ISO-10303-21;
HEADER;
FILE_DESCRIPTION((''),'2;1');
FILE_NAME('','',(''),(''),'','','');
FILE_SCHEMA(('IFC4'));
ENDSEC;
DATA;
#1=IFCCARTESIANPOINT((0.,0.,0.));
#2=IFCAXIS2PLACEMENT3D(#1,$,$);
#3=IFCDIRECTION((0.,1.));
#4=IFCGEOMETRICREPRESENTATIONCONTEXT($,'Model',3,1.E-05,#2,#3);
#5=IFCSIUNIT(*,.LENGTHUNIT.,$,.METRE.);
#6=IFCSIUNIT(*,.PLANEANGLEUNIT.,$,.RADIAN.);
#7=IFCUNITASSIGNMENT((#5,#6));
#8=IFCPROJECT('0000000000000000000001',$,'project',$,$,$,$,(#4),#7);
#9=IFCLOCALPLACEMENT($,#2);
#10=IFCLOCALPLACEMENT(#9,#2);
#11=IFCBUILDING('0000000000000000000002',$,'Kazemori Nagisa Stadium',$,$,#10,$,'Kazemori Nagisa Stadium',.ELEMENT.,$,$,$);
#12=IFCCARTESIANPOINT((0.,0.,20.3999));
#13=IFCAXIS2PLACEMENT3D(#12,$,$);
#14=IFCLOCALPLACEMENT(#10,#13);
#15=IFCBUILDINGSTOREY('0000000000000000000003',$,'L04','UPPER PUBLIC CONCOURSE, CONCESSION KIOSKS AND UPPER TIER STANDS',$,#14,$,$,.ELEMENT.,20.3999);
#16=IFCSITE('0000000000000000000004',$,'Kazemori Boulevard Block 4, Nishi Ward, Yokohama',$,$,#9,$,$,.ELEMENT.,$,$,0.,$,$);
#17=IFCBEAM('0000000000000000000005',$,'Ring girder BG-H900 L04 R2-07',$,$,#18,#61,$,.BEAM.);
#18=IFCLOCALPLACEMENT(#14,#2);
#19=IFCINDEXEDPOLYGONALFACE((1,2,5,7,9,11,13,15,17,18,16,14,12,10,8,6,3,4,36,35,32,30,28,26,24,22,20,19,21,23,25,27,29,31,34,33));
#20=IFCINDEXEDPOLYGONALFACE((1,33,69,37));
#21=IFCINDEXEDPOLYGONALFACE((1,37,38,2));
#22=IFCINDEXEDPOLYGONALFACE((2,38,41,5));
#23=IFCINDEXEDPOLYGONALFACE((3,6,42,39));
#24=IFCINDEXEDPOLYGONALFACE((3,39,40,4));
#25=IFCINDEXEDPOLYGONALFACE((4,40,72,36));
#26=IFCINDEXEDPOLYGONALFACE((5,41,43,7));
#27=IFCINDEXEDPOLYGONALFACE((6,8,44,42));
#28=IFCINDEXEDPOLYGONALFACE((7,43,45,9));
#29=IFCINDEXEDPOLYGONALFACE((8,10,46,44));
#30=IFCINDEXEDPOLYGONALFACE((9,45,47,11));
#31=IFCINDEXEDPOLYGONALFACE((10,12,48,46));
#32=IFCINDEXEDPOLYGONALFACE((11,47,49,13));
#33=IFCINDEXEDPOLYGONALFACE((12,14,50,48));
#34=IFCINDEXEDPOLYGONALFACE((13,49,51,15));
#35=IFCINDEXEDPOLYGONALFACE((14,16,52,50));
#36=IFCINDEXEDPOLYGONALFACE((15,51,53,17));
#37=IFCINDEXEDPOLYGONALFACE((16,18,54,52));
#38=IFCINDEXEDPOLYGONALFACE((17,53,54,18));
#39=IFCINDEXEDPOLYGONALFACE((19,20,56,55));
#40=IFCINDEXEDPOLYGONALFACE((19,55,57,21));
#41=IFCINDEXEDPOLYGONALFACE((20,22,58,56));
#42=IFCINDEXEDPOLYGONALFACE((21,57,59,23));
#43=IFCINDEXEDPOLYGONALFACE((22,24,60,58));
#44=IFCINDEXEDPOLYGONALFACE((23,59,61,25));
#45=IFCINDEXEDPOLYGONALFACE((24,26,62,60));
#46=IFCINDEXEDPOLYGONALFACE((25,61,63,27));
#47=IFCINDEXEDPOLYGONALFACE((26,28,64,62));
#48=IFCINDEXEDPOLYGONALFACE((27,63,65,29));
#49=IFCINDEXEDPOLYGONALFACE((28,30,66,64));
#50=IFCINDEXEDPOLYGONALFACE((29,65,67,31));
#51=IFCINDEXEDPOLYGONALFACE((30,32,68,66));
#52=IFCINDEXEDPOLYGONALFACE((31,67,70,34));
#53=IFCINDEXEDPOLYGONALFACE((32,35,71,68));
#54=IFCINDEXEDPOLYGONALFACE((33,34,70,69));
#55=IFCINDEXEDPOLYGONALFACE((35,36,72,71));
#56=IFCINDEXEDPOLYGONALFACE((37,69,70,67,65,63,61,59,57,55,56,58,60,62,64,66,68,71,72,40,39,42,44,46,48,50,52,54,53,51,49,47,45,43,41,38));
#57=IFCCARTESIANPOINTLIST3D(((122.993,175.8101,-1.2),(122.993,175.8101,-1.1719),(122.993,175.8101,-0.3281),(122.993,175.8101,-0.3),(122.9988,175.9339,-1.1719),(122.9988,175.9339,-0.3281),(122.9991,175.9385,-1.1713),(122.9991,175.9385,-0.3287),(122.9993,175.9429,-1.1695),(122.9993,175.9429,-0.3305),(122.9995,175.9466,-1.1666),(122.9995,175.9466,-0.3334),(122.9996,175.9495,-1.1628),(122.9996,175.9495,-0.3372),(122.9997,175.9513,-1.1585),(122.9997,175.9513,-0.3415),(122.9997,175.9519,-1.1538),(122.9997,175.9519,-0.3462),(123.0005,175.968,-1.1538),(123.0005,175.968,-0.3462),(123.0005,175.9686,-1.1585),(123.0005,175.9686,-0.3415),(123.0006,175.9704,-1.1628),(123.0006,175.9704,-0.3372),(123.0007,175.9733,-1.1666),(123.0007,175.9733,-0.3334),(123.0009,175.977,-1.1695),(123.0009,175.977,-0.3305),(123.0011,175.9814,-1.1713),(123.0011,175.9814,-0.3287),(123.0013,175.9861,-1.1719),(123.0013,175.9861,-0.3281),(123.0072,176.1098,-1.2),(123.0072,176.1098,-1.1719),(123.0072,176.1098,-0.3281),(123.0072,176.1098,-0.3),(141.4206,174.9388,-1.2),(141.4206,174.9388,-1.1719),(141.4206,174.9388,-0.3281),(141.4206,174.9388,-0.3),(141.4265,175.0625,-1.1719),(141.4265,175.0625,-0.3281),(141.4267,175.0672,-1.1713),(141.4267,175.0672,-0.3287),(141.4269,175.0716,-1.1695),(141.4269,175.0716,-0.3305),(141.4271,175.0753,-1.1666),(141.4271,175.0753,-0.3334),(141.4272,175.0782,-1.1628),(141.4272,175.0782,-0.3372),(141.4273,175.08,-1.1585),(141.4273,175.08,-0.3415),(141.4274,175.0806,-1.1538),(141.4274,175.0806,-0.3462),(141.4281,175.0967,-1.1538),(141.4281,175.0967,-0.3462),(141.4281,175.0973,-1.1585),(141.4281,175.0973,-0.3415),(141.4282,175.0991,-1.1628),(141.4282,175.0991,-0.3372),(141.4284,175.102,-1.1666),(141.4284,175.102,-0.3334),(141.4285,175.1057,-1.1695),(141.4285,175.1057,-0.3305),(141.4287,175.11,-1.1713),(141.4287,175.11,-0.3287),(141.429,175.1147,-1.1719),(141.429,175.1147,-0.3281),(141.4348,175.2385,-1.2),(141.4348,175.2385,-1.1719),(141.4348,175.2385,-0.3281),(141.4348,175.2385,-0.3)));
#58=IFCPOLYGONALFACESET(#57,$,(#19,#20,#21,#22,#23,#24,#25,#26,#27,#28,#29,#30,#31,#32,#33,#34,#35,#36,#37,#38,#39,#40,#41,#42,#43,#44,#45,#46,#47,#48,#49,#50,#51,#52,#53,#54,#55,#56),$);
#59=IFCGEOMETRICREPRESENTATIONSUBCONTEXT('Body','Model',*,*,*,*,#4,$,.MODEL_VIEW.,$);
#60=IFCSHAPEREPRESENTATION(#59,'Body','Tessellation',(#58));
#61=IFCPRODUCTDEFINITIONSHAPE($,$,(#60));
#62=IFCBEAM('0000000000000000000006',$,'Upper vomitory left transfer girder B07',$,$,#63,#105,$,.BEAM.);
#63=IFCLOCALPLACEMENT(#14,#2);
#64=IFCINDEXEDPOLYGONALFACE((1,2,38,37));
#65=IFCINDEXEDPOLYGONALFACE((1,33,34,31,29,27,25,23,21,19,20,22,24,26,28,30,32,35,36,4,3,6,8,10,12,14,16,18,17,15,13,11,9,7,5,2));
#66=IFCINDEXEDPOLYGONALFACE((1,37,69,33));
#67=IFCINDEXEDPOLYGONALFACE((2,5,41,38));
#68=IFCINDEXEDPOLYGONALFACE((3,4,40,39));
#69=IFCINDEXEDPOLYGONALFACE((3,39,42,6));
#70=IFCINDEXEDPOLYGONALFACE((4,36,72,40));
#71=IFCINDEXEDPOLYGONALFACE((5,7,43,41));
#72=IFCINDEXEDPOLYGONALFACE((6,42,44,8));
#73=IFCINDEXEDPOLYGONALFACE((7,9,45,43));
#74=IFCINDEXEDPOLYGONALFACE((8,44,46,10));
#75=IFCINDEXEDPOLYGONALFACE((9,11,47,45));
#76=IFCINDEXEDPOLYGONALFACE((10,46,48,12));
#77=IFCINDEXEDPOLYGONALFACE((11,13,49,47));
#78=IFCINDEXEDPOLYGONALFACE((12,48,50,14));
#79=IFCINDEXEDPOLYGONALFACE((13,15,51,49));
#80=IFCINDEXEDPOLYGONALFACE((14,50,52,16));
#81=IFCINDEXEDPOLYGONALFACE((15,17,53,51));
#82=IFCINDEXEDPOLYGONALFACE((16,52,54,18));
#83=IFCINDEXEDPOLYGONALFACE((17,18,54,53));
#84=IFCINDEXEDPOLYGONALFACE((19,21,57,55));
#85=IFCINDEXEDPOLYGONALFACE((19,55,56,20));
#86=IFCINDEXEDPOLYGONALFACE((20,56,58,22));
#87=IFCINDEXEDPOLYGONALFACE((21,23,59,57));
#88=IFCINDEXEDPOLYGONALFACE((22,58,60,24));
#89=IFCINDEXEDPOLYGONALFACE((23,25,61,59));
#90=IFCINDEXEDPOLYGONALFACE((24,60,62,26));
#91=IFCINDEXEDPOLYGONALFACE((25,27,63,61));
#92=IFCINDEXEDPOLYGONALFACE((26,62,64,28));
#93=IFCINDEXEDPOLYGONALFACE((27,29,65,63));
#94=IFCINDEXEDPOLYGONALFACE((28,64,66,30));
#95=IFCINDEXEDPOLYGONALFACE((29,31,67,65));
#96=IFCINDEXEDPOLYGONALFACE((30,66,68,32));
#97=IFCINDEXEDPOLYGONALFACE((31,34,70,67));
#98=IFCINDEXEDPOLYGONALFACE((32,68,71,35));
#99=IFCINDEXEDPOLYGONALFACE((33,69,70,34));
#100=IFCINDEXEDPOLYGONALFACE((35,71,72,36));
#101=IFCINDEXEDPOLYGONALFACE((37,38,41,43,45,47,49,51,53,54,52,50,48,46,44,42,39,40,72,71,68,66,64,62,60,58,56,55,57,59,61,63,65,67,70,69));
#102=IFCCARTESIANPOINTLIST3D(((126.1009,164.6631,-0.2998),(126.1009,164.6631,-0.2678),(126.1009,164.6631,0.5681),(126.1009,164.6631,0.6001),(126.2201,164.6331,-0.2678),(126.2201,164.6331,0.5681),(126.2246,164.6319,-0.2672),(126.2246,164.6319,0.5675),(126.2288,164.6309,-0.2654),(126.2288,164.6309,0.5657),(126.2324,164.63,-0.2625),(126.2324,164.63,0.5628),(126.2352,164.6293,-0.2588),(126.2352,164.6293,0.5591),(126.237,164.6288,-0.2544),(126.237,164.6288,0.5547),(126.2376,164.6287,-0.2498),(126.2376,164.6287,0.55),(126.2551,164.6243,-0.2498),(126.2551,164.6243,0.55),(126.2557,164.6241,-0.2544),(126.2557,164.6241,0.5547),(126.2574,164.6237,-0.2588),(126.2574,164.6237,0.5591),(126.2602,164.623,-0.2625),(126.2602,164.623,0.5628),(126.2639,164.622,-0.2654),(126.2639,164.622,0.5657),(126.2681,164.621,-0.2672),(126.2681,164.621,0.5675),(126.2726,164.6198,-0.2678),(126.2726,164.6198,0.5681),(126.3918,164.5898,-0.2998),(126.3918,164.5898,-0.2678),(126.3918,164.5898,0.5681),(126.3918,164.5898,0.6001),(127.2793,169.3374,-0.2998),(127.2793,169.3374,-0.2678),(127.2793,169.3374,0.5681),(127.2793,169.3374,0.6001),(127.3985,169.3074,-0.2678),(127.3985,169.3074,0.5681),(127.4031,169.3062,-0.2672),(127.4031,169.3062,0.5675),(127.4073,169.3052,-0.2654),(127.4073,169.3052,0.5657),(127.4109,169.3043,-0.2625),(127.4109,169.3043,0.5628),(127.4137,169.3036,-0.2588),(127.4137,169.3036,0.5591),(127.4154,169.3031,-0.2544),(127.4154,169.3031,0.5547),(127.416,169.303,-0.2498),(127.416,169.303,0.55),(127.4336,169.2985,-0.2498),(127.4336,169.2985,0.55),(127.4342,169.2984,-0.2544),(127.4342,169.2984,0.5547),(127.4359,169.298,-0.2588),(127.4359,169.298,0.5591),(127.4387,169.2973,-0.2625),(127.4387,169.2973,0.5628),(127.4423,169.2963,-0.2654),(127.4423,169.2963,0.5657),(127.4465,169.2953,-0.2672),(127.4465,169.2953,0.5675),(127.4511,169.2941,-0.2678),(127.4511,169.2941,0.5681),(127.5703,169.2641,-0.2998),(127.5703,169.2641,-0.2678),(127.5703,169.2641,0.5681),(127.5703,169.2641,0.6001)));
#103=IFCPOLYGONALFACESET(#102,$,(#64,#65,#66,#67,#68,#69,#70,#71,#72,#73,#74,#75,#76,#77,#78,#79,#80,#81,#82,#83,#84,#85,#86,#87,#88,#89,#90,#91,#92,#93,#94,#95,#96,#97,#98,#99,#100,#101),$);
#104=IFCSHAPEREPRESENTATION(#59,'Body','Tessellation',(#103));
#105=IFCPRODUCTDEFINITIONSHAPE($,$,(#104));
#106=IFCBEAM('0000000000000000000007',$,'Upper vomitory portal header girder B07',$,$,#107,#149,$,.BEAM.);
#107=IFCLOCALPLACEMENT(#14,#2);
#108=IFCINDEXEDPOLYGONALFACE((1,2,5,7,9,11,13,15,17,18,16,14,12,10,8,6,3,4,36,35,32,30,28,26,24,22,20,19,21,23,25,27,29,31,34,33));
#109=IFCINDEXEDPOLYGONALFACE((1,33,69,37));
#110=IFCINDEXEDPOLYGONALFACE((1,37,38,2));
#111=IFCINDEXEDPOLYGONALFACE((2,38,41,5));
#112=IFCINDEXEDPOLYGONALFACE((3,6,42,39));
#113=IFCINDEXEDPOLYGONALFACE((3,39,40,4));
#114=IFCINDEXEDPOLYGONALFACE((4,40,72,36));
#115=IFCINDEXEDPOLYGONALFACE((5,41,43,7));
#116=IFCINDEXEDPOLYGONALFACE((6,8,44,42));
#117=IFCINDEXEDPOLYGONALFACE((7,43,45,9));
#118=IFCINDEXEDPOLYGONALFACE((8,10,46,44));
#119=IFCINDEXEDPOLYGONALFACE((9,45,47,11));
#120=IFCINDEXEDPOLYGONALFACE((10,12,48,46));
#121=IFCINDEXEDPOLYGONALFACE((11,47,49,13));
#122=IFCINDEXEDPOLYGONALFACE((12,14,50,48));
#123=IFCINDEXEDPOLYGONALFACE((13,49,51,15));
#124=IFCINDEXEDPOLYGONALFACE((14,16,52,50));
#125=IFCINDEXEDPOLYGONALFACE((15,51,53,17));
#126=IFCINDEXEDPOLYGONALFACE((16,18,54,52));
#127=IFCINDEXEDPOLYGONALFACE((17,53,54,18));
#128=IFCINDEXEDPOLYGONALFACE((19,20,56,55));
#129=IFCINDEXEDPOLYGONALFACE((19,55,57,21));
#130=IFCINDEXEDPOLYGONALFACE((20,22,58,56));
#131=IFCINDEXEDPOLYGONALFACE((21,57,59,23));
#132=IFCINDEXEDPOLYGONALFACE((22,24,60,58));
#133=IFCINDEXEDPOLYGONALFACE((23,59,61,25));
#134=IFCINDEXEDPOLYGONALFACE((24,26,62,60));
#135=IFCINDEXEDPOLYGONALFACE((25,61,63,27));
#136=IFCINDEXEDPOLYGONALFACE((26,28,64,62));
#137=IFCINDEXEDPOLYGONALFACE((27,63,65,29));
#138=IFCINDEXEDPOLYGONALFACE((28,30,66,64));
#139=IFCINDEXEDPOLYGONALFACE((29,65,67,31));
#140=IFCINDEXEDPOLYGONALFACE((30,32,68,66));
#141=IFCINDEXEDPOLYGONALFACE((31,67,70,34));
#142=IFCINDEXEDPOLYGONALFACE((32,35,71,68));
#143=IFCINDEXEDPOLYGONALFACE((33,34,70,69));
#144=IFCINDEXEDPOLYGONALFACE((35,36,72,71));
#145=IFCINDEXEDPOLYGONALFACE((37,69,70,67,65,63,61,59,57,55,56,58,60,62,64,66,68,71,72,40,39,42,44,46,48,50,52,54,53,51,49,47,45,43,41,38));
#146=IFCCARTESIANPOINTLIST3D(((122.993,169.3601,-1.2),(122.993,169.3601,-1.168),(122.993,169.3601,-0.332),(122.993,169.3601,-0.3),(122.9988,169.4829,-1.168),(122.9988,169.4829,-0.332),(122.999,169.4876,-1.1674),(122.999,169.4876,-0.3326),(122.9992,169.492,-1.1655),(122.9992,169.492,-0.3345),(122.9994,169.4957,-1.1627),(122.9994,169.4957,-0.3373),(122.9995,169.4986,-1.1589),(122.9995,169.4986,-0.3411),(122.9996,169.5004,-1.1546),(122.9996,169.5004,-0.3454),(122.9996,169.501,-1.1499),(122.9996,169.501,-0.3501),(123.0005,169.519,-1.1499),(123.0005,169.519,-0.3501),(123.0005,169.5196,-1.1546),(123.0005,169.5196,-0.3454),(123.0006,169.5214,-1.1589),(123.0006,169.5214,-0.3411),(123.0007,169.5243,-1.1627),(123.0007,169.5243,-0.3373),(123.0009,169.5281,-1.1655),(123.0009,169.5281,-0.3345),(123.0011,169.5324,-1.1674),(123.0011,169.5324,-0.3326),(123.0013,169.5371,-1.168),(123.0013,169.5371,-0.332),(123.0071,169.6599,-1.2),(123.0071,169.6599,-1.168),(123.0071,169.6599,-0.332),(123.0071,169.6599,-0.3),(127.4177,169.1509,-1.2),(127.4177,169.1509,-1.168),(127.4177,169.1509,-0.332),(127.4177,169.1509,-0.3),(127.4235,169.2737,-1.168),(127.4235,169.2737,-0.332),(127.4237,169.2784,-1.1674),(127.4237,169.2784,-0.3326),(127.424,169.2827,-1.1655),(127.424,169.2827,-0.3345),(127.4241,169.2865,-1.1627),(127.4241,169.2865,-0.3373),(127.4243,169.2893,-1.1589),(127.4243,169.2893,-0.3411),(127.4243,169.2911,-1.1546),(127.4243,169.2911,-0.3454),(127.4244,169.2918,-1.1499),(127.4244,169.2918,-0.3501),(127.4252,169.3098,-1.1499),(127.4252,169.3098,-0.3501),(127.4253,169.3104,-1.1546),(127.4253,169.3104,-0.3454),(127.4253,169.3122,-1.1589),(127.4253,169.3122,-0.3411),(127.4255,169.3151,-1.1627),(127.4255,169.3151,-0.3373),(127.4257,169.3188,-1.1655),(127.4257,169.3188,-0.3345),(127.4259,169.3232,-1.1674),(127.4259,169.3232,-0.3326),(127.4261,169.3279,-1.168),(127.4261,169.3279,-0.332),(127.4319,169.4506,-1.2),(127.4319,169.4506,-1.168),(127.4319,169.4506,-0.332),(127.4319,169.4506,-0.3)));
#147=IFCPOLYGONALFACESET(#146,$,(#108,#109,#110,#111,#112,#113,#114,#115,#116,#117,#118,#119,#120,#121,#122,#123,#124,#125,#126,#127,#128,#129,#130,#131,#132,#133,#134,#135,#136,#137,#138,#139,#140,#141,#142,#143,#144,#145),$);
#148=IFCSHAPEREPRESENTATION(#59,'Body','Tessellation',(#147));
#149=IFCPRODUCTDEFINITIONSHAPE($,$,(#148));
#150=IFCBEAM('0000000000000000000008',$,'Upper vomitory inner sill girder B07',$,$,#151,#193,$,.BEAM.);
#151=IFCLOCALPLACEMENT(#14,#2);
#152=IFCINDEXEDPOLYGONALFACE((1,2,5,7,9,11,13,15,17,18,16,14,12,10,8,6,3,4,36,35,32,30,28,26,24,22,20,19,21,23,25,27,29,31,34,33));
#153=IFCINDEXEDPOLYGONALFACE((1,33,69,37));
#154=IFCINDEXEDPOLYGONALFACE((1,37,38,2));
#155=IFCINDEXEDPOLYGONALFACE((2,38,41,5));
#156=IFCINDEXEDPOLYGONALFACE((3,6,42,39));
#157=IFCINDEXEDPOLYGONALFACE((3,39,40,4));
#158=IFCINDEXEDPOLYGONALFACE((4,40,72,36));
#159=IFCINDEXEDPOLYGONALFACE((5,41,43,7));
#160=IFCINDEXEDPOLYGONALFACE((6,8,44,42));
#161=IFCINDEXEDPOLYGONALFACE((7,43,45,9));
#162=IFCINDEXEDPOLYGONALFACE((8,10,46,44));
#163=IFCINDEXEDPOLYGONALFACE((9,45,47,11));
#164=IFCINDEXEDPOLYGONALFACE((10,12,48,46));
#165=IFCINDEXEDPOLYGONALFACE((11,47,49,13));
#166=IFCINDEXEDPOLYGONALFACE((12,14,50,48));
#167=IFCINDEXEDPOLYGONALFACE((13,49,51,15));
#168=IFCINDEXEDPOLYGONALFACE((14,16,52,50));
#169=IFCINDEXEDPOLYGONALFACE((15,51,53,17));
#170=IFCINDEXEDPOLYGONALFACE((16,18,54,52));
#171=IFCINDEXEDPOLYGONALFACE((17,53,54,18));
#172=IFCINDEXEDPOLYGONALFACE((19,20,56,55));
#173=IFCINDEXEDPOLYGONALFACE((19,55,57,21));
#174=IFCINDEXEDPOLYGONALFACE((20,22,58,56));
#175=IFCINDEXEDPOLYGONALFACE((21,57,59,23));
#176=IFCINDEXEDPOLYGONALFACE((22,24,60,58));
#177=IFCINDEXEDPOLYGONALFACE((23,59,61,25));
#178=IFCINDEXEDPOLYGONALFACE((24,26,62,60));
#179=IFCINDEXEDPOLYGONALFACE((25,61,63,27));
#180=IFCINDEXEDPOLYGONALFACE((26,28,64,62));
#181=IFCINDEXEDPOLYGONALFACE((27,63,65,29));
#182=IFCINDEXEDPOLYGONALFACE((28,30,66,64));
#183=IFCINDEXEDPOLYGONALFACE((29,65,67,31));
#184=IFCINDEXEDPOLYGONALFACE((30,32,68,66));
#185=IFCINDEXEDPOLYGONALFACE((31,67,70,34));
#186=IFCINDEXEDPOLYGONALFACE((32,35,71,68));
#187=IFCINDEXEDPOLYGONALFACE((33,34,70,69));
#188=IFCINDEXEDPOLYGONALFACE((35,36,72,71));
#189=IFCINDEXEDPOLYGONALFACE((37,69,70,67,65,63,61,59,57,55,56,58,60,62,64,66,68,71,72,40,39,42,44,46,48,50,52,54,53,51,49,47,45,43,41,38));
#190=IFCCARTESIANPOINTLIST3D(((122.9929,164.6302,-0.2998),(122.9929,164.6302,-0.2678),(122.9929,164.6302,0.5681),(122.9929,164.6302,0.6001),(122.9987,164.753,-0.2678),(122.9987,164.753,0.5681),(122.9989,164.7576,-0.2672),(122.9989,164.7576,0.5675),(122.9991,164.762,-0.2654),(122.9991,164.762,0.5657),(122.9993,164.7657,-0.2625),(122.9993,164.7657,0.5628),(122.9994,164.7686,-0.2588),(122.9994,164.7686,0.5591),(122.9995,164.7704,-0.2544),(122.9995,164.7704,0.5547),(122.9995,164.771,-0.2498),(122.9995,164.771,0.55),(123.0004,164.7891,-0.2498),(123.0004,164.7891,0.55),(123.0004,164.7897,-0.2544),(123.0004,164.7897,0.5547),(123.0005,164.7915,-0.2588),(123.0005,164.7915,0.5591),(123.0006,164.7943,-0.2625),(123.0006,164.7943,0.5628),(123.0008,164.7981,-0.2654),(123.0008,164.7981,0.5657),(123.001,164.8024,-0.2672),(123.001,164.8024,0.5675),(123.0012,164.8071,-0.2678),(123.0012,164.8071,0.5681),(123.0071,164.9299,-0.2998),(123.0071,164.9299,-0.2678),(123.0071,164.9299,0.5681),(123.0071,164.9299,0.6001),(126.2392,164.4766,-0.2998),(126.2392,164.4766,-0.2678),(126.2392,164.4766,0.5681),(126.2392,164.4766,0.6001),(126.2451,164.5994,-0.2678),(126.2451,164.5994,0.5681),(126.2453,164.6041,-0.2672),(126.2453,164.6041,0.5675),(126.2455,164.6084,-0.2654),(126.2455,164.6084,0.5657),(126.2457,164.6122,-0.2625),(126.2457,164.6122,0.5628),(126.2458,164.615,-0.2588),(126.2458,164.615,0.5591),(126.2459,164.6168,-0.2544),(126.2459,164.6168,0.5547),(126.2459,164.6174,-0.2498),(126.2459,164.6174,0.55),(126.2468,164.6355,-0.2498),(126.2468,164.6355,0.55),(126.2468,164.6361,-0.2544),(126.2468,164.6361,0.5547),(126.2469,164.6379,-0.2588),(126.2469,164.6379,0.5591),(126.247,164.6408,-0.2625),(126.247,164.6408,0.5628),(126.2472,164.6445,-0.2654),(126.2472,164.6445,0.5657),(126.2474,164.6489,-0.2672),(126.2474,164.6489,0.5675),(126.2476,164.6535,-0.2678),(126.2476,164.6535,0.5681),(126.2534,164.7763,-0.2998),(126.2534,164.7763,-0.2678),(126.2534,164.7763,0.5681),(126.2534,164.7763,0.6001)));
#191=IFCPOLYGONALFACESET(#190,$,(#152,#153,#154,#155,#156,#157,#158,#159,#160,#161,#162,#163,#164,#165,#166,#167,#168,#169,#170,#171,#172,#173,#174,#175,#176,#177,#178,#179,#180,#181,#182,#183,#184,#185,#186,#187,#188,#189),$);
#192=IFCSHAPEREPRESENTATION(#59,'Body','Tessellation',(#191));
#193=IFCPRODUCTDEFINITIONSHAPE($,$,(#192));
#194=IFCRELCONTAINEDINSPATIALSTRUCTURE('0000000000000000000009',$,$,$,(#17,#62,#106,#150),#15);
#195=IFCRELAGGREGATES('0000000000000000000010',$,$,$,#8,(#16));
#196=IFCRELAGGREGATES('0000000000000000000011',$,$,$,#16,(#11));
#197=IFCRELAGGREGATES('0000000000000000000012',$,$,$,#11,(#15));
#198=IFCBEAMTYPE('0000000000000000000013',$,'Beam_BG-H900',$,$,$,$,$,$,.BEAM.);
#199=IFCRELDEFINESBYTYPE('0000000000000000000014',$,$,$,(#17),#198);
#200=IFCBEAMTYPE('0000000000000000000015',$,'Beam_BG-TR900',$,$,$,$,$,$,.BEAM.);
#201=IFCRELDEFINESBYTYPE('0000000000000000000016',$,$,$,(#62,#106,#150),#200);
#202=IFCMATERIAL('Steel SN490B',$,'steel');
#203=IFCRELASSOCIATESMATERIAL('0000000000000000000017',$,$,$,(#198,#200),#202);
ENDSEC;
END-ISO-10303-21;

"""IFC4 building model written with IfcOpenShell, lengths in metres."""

from ifc_helpers import new_model, si_unit, direction, frame, origin, origin_2d, place, context, subcontext, project, spatial, i_section, extrude, material, material_profile, profile_set, type_object, element, save


model = new_model("IFC4")

# Units and contexts
model_context = context("Model", 3, precision=1e-05, world=origin(), true_north=direction((0.0, 1.0)))
body_context = subcontext(model_context, "Body", "Model", "MODEL_VIEW")
ifc_project = project(units=[si_unit("LENGTHUNIT", "METRE"), si_unit("PLANEANGLEUNIT", "RADIAN")], contexts=[model_context])

# Site, building, storey
site_placement = place(None, origin())
site = spatial("IfcSite", under=ifc_project, at=site_placement, Name="Kazemori Boulevard Block 4, Nishi Ward, Yokohama", CompositionType="ELEMENT", RefElevation=0.0)
building_placement = place(site_placement, origin())
building = spatial("IfcBuilding", under=site, at=building_placement, Name="Kazemori Nagisa Stadium", LongName="Kazemori Nagisa Stadium", CompositionType="ELEMENT")
storey_placement = place(building_placement, frame((0.0, 0.0, 20.3999)))
storey = spatial("IfcBuildingStorey", under=building, at=storey_placement, Name="L04", Description="UPPER PUBLIC CONCOURSE, CONCESSION KIOSKS AND UPPER TIER STANDS", CompositionType="ELEMENT", Elevation=20.3999)

# Beams
ifc_material_1 = material(Name="Steel SN490B", Category="steel")
ifc_material_profile_1 = material_profile(ifc_material_1, i_section(OverallWidth=0.3, OverallDepth=0.8999, WebThickness=0.0161, FlangeThickness=0.0281, FilletRadius=0.0181, at=origin_2d()), Name="H-900x300x16x28")
ifc_profile_set_1 = profile_set([ifc_material_profile_1], Name="Steel SN490B")
beam_type_1 = type_object("IfcBeamType", Name="Beam_BG-H900", PredefinedType="BEAM", material=ifc_profile_set_1)
beam_1_placement = place(storey_placement, frame((141.4277, 175.0886, -0.75), z_axis=(-0.998884, 0.047231, 0.0), x_axis=(-0.047231, -0.998884, 0.0)))
element("IfcBeam", 1, at=beam_1_placement, inside=storey, type_object=beam_type_1, Name="Ring girder BG-H900 L04 R2-07", PredefinedType="BEAM", context=body_context, shape_type="SweptSolid", body=[
    extrude(i_section(OverallWidth=0.3, OverallDepth=0.8999, WebThickness=0.0161, FlangeThickness=0.0281, FilletRadius=0.0181, at=origin_2d()), origin(), (0.0, 0.0, 1.0), 18.4482),
])
ifc_material_profile_2 = material_profile(ifc_material_1, i_section(OverallWidth=0.3, OverallDepth=0.8999, WebThickness=0.0181, FlangeThickness=0.032, FilletRadius=0.0181, at=origin_2d()), Name="H-900x300x18x32")
ifc_profile_set_2 = profile_set([ifc_material_profile_2], Name="Steel SN490B")
beam_type_2 = type_object("IfcBeamType", Name="Beam_BG-TR900", PredefinedType="BEAM", material=ifc_profile_set_2)
beam_2_placement = place(storey_placement, frame((126.2463, 164.6265, 0.1501), z_axis=(0.244466, 0.969658, 0.0), x_axis=(-0.969658, 0.244466, 0.0)))
element("IfcBeam", 2, at=beam_2_placement, inside=storey, type_object=beam_type_2, Name="Upper vomitory left transfer girder B07", PredefinedType="BEAM", context=body_context, shape_type="SweptSolid", body=[
    extrude(i_section(OverallWidth=0.3, OverallDepth=0.8999, WebThickness=0.0181, FlangeThickness=0.032, FilletRadius=0.0181, at=origin_2d()), origin(), (0.0, 0.0, 1.0), 4.8206),
])
beam_3_placement = place(storey_placement, frame((127.4248, 169.3008, -0.75), z_axis=(-0.998884, 0.047233, 0.0), x_axis=(-0.047233, -0.998884, 0.0)))
element("IfcBeam", 3, at=beam_3_placement, inside=storey, type_object=beam_type_2, Name="Upper vomitory portal header girder B07", PredefinedType="BEAM", context=body_context, shape_type="SweptSolid", body=[
    extrude(i_section(OverallWidth=0.3, OverallDepth=0.8999, WebThickness=0.0181, FlangeThickness=0.032, FilletRadius=0.0181, at=origin_2d()), origin(), (0.0, 0.0, 1.0), 4.4297),
])
beam_4_placement = place(storey_placement, frame((126.2463, 164.6265, 0.1501), z_axis=(-0.998883, 0.047251, 0.0), x_axis=(-0.047251, -0.998883, 0.0)))
element("IfcBeam", 4, at=beam_4_placement, inside=storey, type_object=beam_type_2, Name="Upper vomitory inner sill girder B07", PredefinedType="BEAM", context=body_context, shape_type="SweptSolid", body=[
    extrude(i_section(OverallWidth=0.3, OverallDepth=0.8999, WebThickness=0.0181, FlangeThickness=0.032, FilletRadius=0.0181, at=origin_2d()), origin(), (0.0, 0.0, 1.0), 3.25),
])

save(model, "model.ifc")
